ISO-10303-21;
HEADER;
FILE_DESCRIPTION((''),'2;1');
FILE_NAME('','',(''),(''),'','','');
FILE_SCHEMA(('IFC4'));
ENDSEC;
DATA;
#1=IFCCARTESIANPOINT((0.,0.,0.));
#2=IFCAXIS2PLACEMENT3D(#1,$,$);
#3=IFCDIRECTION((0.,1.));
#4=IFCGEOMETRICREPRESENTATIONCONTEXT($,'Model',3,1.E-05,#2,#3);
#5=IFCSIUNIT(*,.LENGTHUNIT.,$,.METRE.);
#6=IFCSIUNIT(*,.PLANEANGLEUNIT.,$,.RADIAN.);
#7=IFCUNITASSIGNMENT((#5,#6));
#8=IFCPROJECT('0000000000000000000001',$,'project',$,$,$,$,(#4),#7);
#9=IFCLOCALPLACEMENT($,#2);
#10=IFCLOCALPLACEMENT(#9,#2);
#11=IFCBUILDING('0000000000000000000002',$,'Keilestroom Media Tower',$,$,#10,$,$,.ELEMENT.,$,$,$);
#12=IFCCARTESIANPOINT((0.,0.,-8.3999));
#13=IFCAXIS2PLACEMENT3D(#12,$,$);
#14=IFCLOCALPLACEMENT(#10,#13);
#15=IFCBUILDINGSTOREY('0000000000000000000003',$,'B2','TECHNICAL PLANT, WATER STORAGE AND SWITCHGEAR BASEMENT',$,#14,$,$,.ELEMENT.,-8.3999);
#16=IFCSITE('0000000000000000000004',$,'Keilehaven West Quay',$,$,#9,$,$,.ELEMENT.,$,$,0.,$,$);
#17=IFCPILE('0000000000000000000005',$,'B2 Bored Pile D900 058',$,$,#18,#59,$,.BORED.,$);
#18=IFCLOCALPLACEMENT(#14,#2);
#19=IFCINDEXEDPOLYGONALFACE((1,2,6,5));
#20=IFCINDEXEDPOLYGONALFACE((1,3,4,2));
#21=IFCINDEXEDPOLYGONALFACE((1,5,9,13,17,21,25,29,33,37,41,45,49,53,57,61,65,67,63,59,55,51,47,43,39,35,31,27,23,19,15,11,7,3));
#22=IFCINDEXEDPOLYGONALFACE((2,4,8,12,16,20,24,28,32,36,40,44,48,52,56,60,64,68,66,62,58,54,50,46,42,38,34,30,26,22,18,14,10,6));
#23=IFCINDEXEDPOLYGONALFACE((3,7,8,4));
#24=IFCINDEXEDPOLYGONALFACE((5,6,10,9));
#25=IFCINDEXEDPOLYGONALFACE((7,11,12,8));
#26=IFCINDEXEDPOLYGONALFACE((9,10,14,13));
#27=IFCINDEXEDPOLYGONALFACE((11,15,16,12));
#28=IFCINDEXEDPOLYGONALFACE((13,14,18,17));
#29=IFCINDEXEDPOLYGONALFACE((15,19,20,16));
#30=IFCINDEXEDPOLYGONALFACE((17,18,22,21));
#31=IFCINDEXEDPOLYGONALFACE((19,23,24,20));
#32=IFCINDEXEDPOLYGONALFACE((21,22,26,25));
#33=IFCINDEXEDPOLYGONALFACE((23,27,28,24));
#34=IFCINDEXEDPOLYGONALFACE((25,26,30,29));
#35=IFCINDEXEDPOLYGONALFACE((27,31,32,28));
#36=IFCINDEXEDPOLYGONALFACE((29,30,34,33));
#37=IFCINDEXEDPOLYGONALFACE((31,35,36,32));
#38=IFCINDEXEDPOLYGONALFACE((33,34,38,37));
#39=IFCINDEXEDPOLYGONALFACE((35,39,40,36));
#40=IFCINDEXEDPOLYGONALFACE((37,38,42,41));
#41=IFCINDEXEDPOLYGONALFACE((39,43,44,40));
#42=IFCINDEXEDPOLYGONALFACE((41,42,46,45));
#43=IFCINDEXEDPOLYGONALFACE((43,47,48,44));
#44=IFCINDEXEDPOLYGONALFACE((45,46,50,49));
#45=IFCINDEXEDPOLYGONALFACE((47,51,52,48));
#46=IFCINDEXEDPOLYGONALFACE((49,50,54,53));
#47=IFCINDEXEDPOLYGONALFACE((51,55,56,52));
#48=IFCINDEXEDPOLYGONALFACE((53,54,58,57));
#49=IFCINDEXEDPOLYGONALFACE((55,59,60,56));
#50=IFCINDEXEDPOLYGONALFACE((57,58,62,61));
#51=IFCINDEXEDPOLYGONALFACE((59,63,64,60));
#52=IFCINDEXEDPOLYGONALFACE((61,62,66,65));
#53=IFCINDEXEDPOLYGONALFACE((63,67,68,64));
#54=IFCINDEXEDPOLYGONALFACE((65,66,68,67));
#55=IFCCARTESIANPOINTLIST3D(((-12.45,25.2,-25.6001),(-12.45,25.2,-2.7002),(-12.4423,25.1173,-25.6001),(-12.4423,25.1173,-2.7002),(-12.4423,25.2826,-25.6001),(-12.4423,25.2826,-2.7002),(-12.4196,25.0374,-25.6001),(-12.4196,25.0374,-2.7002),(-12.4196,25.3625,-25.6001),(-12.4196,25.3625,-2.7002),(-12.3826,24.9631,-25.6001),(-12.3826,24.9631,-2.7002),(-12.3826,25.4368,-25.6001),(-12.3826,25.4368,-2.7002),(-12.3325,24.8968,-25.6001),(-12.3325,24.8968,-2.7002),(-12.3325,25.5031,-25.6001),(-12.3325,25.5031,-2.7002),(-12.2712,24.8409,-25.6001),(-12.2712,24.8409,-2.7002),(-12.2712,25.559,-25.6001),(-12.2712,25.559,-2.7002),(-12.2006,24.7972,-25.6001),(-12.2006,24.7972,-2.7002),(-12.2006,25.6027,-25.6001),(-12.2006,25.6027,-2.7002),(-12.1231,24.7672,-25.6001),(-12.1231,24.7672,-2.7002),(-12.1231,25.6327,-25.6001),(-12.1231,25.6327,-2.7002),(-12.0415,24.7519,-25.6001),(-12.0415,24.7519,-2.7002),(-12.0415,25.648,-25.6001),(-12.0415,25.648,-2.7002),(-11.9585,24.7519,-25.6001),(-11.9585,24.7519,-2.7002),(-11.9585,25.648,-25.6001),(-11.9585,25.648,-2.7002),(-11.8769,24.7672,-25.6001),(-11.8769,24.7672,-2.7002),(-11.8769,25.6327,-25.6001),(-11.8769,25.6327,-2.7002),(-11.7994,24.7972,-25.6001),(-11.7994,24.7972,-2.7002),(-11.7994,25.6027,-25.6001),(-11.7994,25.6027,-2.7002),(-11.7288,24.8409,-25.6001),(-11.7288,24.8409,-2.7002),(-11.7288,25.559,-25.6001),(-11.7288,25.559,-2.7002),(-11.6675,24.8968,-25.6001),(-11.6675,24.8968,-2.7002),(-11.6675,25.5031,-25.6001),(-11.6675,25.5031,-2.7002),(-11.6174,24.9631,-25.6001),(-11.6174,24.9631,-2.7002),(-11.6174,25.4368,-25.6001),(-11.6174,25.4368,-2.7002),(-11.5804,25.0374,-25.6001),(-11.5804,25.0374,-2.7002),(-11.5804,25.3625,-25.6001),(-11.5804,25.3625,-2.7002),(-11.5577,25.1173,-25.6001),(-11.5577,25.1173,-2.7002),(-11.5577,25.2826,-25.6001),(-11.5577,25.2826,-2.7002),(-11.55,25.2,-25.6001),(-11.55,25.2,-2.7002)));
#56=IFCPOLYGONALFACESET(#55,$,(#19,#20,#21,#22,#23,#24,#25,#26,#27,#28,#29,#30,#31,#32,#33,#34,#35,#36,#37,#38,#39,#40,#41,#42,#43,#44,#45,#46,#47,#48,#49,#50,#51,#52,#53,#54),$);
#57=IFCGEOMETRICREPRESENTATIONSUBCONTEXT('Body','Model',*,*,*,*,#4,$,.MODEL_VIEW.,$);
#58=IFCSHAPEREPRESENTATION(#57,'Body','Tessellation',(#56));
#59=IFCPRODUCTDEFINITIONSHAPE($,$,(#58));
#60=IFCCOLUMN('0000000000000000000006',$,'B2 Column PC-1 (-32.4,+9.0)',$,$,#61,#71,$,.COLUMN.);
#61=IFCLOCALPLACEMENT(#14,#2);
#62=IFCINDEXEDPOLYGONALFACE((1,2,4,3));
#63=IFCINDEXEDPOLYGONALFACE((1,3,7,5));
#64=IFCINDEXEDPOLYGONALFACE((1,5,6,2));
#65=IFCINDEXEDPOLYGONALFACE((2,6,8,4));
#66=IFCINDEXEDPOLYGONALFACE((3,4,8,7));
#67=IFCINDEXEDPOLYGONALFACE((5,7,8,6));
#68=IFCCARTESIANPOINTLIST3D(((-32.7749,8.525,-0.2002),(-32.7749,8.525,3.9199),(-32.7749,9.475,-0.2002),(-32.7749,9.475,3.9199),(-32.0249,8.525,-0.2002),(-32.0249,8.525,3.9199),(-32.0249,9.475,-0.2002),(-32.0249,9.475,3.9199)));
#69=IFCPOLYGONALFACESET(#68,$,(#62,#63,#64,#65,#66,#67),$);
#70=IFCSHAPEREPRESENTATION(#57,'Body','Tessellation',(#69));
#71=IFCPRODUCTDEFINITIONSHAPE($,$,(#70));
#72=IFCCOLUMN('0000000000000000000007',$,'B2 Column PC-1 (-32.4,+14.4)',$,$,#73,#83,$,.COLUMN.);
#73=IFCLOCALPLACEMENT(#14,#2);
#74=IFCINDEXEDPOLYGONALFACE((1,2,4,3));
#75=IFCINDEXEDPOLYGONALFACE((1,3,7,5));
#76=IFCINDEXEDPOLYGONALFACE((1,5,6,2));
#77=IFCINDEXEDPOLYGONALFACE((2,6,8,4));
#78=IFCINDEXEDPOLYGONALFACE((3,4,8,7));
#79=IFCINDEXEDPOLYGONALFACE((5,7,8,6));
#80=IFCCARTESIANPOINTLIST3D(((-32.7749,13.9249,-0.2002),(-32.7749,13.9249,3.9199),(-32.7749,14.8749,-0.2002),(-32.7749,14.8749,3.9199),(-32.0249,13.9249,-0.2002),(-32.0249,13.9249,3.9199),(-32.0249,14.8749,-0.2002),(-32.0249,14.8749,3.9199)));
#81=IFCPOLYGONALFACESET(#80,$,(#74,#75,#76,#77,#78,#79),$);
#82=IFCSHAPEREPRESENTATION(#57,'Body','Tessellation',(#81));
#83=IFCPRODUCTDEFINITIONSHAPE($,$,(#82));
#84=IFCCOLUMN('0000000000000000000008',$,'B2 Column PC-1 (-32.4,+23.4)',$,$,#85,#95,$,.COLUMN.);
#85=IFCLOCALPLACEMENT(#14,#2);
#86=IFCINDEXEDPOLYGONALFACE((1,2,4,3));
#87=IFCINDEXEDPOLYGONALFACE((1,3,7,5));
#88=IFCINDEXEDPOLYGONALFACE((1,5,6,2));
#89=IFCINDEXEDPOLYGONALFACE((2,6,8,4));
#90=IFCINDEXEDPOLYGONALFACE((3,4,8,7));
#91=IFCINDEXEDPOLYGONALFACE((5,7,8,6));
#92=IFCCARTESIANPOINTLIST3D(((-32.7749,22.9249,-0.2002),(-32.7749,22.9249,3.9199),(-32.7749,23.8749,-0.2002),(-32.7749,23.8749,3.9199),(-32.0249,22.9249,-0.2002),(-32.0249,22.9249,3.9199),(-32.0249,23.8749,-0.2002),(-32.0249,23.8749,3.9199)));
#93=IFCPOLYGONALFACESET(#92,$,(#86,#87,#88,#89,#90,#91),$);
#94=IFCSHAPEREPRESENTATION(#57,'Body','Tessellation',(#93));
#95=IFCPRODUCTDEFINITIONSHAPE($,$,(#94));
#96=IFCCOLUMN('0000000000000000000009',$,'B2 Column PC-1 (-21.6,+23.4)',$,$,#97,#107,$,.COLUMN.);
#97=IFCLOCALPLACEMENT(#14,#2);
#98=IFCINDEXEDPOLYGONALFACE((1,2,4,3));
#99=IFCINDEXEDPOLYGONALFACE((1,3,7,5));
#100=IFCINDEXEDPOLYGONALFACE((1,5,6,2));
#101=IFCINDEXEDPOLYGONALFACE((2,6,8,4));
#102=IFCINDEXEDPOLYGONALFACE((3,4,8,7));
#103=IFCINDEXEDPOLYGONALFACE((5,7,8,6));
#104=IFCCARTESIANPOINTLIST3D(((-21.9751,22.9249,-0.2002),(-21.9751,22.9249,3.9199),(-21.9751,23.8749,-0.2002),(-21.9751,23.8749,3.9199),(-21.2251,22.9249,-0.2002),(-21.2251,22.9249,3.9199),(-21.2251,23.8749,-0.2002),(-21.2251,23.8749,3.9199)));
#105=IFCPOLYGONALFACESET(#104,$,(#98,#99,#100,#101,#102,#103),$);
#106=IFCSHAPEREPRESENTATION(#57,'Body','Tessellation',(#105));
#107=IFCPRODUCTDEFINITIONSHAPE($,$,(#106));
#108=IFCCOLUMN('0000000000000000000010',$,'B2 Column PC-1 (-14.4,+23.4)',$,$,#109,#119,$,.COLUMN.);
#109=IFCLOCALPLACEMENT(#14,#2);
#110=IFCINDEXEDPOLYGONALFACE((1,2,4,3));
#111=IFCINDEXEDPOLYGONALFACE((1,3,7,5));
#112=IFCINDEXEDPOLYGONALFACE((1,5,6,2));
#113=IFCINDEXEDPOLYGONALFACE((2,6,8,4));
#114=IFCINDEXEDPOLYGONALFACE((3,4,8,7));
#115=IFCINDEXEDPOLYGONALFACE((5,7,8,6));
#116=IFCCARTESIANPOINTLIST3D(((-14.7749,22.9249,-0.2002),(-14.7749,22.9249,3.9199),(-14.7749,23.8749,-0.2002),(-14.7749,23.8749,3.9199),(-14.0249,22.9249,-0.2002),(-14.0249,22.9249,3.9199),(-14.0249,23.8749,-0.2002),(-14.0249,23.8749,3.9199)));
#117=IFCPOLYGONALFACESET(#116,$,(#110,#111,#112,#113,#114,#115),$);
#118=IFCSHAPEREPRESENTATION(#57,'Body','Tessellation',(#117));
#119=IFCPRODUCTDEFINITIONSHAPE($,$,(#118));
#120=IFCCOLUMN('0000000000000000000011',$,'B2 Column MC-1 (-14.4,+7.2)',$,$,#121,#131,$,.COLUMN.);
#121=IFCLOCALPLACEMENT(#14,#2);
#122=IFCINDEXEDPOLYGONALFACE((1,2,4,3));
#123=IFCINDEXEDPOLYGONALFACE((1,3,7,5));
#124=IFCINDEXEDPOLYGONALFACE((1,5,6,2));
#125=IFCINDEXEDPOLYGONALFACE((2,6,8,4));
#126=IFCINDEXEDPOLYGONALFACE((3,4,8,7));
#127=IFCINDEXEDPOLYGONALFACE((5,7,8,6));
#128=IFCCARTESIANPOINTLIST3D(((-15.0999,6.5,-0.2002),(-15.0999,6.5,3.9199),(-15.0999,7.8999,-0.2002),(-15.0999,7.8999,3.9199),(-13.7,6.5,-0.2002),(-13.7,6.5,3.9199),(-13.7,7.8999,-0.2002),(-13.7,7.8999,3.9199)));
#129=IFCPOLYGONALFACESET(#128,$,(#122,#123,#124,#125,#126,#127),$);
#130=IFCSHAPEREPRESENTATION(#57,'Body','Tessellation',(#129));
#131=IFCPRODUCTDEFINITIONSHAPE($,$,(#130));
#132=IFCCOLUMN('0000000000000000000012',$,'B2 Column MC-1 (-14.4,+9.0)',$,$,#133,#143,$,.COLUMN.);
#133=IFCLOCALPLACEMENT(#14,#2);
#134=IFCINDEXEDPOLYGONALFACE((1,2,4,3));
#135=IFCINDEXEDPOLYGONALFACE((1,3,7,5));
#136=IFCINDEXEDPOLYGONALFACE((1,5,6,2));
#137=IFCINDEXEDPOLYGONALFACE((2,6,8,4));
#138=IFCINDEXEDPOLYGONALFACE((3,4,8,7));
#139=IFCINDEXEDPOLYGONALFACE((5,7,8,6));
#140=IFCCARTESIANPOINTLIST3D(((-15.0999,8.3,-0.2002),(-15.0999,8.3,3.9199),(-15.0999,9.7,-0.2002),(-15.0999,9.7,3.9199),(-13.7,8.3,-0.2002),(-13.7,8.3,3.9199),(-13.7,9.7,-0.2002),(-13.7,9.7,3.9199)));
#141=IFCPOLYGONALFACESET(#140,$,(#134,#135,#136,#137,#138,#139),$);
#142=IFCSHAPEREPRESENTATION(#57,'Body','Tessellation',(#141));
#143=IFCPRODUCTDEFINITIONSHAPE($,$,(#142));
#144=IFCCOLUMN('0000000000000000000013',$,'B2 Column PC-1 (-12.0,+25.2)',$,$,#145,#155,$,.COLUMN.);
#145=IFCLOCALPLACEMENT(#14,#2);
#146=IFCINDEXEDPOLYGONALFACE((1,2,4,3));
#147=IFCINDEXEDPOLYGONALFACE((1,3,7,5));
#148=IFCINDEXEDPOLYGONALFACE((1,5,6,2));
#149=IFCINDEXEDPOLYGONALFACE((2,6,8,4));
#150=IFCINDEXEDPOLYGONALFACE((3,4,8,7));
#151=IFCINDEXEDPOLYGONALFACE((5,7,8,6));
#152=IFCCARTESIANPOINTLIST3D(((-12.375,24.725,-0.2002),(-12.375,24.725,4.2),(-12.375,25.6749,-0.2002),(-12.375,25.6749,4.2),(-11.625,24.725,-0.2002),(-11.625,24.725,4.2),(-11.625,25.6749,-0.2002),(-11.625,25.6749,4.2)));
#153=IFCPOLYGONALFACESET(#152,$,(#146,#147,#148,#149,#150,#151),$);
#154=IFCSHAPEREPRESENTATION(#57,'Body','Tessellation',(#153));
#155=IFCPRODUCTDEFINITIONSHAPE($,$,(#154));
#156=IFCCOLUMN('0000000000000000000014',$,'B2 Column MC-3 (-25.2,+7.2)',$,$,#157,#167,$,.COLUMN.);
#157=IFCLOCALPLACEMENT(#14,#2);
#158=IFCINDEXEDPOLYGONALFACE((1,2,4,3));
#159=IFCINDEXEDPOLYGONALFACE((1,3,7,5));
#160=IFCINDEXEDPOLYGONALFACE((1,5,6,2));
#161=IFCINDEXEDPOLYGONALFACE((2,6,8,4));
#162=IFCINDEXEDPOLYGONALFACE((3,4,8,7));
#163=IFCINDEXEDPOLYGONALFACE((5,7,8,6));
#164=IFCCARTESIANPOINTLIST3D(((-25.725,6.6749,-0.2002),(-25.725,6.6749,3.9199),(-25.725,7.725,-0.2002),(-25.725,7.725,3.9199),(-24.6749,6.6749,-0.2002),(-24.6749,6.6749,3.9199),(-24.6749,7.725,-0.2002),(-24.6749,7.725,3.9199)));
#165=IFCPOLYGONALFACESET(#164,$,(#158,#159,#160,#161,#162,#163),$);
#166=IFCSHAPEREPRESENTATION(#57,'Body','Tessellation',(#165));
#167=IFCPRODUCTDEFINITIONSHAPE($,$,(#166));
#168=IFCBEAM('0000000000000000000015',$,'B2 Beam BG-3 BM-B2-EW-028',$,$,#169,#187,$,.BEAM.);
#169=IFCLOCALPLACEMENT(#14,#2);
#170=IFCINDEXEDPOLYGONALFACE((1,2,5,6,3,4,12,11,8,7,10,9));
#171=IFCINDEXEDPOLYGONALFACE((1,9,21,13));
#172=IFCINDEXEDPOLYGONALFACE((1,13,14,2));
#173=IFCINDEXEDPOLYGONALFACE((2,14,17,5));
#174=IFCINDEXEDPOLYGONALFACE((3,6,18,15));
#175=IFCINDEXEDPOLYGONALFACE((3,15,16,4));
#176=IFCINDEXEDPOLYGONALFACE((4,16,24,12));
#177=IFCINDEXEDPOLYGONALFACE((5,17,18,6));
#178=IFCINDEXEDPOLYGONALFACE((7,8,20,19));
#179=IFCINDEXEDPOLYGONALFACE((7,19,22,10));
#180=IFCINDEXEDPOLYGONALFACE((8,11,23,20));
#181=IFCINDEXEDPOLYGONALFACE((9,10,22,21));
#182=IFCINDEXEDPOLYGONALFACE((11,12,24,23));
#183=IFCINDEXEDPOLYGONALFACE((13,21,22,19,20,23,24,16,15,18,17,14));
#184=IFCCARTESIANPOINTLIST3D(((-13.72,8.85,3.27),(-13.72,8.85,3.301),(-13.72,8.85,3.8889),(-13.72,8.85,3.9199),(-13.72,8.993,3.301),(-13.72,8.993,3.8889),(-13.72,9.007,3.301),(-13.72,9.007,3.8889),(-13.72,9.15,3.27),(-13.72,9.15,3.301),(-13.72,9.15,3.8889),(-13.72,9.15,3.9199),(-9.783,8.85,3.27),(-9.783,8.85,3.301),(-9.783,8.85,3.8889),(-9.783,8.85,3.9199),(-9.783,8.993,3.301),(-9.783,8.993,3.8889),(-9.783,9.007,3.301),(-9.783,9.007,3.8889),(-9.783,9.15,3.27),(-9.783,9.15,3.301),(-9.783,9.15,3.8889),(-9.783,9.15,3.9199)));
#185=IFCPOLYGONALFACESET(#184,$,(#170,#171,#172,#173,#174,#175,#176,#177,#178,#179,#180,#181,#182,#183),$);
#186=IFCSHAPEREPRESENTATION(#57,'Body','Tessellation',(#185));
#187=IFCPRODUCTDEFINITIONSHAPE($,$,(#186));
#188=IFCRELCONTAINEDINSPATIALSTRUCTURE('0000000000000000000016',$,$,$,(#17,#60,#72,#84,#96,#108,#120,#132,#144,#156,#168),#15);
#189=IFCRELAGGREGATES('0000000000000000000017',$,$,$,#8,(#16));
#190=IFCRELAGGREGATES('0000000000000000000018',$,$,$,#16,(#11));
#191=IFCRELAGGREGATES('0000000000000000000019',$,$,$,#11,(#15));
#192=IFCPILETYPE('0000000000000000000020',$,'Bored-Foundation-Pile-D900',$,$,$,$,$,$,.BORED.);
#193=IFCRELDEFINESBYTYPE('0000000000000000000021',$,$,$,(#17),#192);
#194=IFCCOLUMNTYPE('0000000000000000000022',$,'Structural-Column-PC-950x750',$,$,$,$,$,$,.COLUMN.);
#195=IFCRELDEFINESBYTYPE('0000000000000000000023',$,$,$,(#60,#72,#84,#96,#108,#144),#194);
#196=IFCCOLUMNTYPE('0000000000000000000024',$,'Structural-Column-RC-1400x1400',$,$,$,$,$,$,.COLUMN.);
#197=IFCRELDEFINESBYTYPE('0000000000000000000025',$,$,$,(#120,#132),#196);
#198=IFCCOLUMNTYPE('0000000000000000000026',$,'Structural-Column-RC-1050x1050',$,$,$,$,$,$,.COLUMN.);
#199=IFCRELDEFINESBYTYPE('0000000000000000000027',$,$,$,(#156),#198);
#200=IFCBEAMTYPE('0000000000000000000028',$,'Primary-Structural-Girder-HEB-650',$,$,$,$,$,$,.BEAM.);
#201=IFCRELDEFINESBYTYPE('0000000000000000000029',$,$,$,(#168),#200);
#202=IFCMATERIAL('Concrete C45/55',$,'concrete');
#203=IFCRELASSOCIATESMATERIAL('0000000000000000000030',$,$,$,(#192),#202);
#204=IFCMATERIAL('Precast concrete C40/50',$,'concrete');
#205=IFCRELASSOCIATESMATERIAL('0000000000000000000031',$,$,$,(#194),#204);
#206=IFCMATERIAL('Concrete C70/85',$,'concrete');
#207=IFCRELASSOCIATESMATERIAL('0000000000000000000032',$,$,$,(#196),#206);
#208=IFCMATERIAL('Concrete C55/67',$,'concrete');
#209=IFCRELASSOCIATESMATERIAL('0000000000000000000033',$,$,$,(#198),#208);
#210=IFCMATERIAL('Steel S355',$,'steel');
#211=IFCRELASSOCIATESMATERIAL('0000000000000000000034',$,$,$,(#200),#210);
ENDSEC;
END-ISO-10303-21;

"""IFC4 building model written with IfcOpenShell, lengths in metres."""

from ifc_helpers import new_model, si_unit, direction, frame, origin, origin_2d, place, context, subcontext, project, spatial, rectangle, circle, i_section, extrude, source, transform, mapped, material, material_profile, profile_set, type_object, element, save


model = new_model("IFC4")

# Units and contexts
model_context = context("Model", 3, precision=1e-05, world=origin(), true_north=direction((0.0, 1.0)))
body_context = subcontext(model_context, "Body", "Model", "MODEL_VIEW")
ifc_project = project(units=[si_unit("LENGTHUNIT", "METRE"), si_unit("PLANEANGLEUNIT", "RADIAN")], contexts=[model_context])

# Site, building, storey
site_placement = place(None, origin())
site = spatial("IfcSite", under=ifc_project, at=site_placement, Name="Keilehaven West Quay", CompositionType="ELEMENT", RefElevation=0.0)
building_placement = place(site_placement, origin())
building = spatial("IfcBuilding", under=site, at=building_placement, Name="Keilestroom Media Tower", CompositionType="ELEMENT")
storey_placement = place(building_placement, frame((0.0, 0.0, -8.3999)))
storey = spatial("IfcBuildingStorey", under=building, at=storey_placement, Name="B2", Description="TECHNICAL PLANT, WATER STORAGE AND SWITCHGEAR BASEMENT", CompositionType="ELEMENT", Elevation=-8.3999)

# Pile
ifc_material_1 = material(Name="Concrete C45/55", Category="concrete")
ifc_material_profile_1 = material_profile(ifc_material_1, circle(Radius=0.45, at=origin_2d()), Name="BORED PILE D900")
ifc_profile_set_1 = profile_set([ifc_material_profile_1], Name="Concrete C45/55")
pile_type_1 = type_object("IfcPileType", Name="Bored-Foundation-Pile-D900", PredefinedType="BORED", material=ifc_profile_set_1)
shared_shape_1 = source(origin(), body_context, "Body", "SweptSolid", [
    extrude(circle(Radius=0.45, at=origin_2d()), origin(), (0.0, 0.0, 1.0), 22.8999),
])
for number, where, z_axis, x_axis, name in (
    (1, (-12.0, 25.2, -2.7002), (0.0, 0.0, -1.0), (1.0, 0.0, 0.0), "B2 Bored Pile D900 058"),
):
    element("IfcPile", number, at=place(storey_placement, frame(where, z_axis=z_axis, x_axis=x_axis)), inside=storey, type_object=pile_type_1, Name=name, PredefinedType="BORED", context=body_context, shape_type="MappedRepresentation", body=[
        mapped(shared_shape_1, transform((0.0, 0.0, 0.0), x_axis=(1.0, 0.0, 0.0), y_axis=(0.0, 1.0, 0.0), z_axis=(0.0, 0.0, 1.0), scale=1.0)),
    ])

# Columns
ifc_material_2 = material(Name="Precast concrete C40/50", Category="concrete")
ifc_material_profile_2 = material_profile(ifc_material_2, rectangle(XDim=0.75, YDim=0.95, at=origin_2d()), Name="PC 950x750")
ifc_profile_set_2 = profile_set([ifc_material_profile_2], Name="Precast concrete C40/50")
column_type_1 = type_object("IfcColumnType", Name="Structural-Column-PC-950x750", PredefinedType="COLUMN", material=ifc_profile_set_2)
shared_shape_2 = source(origin(), body_context, "Body", "SweptSolid", [
    extrude(rectangle(XDim=0.75, YDim=0.95, at=origin_2d()), origin(), (0.0, 0.0, 1.0), 4.1201),
])
for number, where, z_axis, x_axis, name in (
    (2, (-32.3999, 9.0, -0.2002), (0.0, 0.0, 1.0), (1.0, 0.0, 0.0), "B2 Column PC-1 (-32.4,+9.0)"),
    (3, (-32.3999, 14.3999, -0.2002), (0.0, 0.0, 1.0), (1.0, 0.0, 0.0), "B2 Column PC-1 (-32.4,+14.4)"),
    (4, (-32.3999, 23.3999, -0.2002), (0.0, 0.0, 1.0), (1.0, 0.0, 0.0), "B2 Column PC-1 (-32.4,+23.4)"),
    (5, (-21.6001, 23.3999, -0.2002), (0.0, 0.0, 1.0), (1.0, 0.0, 0.0), "B2 Column PC-1 (-21.6,+23.4)"),
    (6, (-14.3999, 23.3999, -0.2002), (0.0, 0.0, 1.0), (1.0, 0.0, 0.0), "B2 Column PC-1 (-14.4,+23.4)"),
):
    element("IfcColumn", number, at=place(storey_placement, frame(where, z_axis=z_axis, x_axis=x_axis)), inside=storey, type_object=column_type_1, Name=name, PredefinedType="COLUMN", context=body_context, shape_type="MappedRepresentation", body=[
        mapped(shared_shape_2, transform((0.0, 0.0, 0.0), x_axis=(1.0, 0.0, 0.0), y_axis=(0.0, 1.0, 0.0), z_axis=(0.0, 0.0, 1.0), scale=1.0)),
    ])
ifc_material_3 = material(Name="Concrete C70/85", Category="concrete")
ifc_material_profile_3 = material_profile(ifc_material_3, rectangle(XDim=1.3999, YDim=1.3999, at=origin_2d()), Name="RC 1400x1400")
ifc_profile_set_3 = profile_set([ifc_material_profile_3], Name="Concrete C70/85")
column_type_2 = type_object("IfcColumnType", Name="Structural-Column-RC-1400x1400", PredefinedType="COLUMN", material=ifc_profile_set_3)
shared_shape_3 = source(origin(), body_context, "Body", "SweptSolid", [
    extrude(rectangle(XDim=1.3999, YDim=1.3999, at=origin_2d()), origin(), (0.0, 0.0, 1.0), 4.1201),
])
for number, where, z_axis, x_axis, name in (
    (7, (-14.3999, 7.2, -0.2002), (0.0, 0.0, 1.0), (1.0, 0.0, 0.0), "B2 Column MC-1 (-14.4,+7.2)"),
    (8, (-14.3999, 9.0, -0.2002), (0.0, 0.0, 1.0), (1.0, 0.0, 0.0), "B2 Column MC-1 (-14.4,+9.0)"),
):
    element("IfcColumn", number, at=place(storey_placement, frame(where, z_axis=z_axis, x_axis=x_axis)), inside=storey, type_object=column_type_2, Name=name, PredefinedType="COLUMN", context=body_context, shape_type="MappedRepresentation", body=[
        mapped(shared_shape_3, transform((0.0, 0.0, 0.0), x_axis=(1.0, 0.0, 0.0), y_axis=(0.0, 1.0, 0.0), z_axis=(0.0, 0.0, 1.0), scale=1.0)),
    ])
shared_shape_4 = source(origin(), body_context, "Body", "SweptSolid", [
    extrude(rectangle(XDim=0.75, YDim=0.95, at=origin_2d()), origin(), (0.0, 0.0, 1.0), 4.4001),
])
column_1_placement = place(storey_placement, frame((-12.0, 25.2, -0.2002), z_axis=(0.0, 0.0, 1.0), x_axis=(1.0, 0.0, 0.0)))
element("IfcColumn", 9, at=column_1_placement, inside=storey, type_object=column_type_1, Name="B2 Column PC-1 (-12.0,+25.2)", PredefinedType="COLUMN", context=body_context, shape_type="MappedRepresentation", body=[
    mapped(shared_shape_4, transform((0.0, 0.0, 0.0), x_axis=(1.0, 0.0, 0.0), y_axis=(0.0, 1.0, 0.0), z_axis=(0.0, 0.0, 1.0), scale=1.0)),
])
ifc_material_4 = material(Name="Concrete C55/67", Category="concrete")
ifc_material_profile_4 = material_profile(ifc_material_4, rectangle(XDim=1.05, YDim=1.05, at=origin_2d()), Name="RC 1050x1050")
ifc_profile_set_4 = profile_set([ifc_material_profile_4], Name="Concrete C55/67")
column_type_3 = type_object("IfcColumnType", Name="Structural-Column-RC-1050x1050", PredefinedType="COLUMN", material=ifc_profile_set_4)
shared_shape_5 = source(origin(), body_context, "Body", "SweptSolid", [
    extrude(rectangle(XDim=1.05, YDim=1.05, at=origin_2d()), origin(), (0.0, 0.0, 1.0), 4.1201),
])
column_2_placement = place(storey_placement, frame((-25.2, 7.2, -0.2002), z_axis=(0.0, 0.0, 1.0), x_axis=(1.0, 0.0, 0.0)))
element("IfcColumn", 10, at=column_2_placement, inside=storey, type_object=column_type_3, Name="B2 Column MC-3 (-25.2,+7.2)", PredefinedType="COLUMN", context=body_context, shape_type="MappedRepresentation", body=[
    mapped(shared_shape_5, transform((0.0, 0.0, 0.0), x_axis=(1.0, 0.0, 0.0), y_axis=(0.0, 1.0, 0.0), z_axis=(0.0, 0.0, 1.0), scale=1.0)),
])

# Beam
ifc_material_5 = material(Name="Steel S355", Category="steel")
ifc_material_profile_5 = material_profile(ifc_material_5, i_section(OverallWidth=0.3, OverallDepth=0.6499, WebThickness=0.0139, FlangeThickness=0.031, at=origin_2d()), Name="HEB 650")
ifc_profile_set_5 = profile_set([ifc_material_profile_5], Name="Steel S355")
beam_type_1 = type_object("IfcBeamType", Name="Primary-Structural-Girder-HEB-650", PredefinedType="BEAM", material=ifc_profile_set_5)
shared_shape_6 = source(origin(), body_context, "Body", "SweptSolid", [
    extrude(i_section(OverallWidth=0.3, OverallDepth=0.6499, WebThickness=0.0139, FlangeThickness=0.031, at=origin_2d()), origin(), (0.0, 0.0, 1.0), 3.937),
])
beam_1_placement = place(storey_placement, frame((-13.72, 9.0, 3.595), z_axis=(1.0, 0.0, 0.0), x_axis=(0.0, 1.0, 0.0)))
element("IfcBeam", 11, at=beam_1_placement, inside=storey, type_object=beam_type_1, Name="B2 Beam BG-3 BM-B2-EW-028", PredefinedType="BEAM", context=body_context, shape_type="MappedRepresentation", body=[
    mapped(shared_shape_6, transform((0.0, 0.0, 0.0), x_axis=(1.0, 0.0, 0.0), y_axis=(0.0, 1.0, 0.0), z_axis=(0.0, 0.0, 1.0), scale=1.0)),
])

save(model, "model.ifc")
